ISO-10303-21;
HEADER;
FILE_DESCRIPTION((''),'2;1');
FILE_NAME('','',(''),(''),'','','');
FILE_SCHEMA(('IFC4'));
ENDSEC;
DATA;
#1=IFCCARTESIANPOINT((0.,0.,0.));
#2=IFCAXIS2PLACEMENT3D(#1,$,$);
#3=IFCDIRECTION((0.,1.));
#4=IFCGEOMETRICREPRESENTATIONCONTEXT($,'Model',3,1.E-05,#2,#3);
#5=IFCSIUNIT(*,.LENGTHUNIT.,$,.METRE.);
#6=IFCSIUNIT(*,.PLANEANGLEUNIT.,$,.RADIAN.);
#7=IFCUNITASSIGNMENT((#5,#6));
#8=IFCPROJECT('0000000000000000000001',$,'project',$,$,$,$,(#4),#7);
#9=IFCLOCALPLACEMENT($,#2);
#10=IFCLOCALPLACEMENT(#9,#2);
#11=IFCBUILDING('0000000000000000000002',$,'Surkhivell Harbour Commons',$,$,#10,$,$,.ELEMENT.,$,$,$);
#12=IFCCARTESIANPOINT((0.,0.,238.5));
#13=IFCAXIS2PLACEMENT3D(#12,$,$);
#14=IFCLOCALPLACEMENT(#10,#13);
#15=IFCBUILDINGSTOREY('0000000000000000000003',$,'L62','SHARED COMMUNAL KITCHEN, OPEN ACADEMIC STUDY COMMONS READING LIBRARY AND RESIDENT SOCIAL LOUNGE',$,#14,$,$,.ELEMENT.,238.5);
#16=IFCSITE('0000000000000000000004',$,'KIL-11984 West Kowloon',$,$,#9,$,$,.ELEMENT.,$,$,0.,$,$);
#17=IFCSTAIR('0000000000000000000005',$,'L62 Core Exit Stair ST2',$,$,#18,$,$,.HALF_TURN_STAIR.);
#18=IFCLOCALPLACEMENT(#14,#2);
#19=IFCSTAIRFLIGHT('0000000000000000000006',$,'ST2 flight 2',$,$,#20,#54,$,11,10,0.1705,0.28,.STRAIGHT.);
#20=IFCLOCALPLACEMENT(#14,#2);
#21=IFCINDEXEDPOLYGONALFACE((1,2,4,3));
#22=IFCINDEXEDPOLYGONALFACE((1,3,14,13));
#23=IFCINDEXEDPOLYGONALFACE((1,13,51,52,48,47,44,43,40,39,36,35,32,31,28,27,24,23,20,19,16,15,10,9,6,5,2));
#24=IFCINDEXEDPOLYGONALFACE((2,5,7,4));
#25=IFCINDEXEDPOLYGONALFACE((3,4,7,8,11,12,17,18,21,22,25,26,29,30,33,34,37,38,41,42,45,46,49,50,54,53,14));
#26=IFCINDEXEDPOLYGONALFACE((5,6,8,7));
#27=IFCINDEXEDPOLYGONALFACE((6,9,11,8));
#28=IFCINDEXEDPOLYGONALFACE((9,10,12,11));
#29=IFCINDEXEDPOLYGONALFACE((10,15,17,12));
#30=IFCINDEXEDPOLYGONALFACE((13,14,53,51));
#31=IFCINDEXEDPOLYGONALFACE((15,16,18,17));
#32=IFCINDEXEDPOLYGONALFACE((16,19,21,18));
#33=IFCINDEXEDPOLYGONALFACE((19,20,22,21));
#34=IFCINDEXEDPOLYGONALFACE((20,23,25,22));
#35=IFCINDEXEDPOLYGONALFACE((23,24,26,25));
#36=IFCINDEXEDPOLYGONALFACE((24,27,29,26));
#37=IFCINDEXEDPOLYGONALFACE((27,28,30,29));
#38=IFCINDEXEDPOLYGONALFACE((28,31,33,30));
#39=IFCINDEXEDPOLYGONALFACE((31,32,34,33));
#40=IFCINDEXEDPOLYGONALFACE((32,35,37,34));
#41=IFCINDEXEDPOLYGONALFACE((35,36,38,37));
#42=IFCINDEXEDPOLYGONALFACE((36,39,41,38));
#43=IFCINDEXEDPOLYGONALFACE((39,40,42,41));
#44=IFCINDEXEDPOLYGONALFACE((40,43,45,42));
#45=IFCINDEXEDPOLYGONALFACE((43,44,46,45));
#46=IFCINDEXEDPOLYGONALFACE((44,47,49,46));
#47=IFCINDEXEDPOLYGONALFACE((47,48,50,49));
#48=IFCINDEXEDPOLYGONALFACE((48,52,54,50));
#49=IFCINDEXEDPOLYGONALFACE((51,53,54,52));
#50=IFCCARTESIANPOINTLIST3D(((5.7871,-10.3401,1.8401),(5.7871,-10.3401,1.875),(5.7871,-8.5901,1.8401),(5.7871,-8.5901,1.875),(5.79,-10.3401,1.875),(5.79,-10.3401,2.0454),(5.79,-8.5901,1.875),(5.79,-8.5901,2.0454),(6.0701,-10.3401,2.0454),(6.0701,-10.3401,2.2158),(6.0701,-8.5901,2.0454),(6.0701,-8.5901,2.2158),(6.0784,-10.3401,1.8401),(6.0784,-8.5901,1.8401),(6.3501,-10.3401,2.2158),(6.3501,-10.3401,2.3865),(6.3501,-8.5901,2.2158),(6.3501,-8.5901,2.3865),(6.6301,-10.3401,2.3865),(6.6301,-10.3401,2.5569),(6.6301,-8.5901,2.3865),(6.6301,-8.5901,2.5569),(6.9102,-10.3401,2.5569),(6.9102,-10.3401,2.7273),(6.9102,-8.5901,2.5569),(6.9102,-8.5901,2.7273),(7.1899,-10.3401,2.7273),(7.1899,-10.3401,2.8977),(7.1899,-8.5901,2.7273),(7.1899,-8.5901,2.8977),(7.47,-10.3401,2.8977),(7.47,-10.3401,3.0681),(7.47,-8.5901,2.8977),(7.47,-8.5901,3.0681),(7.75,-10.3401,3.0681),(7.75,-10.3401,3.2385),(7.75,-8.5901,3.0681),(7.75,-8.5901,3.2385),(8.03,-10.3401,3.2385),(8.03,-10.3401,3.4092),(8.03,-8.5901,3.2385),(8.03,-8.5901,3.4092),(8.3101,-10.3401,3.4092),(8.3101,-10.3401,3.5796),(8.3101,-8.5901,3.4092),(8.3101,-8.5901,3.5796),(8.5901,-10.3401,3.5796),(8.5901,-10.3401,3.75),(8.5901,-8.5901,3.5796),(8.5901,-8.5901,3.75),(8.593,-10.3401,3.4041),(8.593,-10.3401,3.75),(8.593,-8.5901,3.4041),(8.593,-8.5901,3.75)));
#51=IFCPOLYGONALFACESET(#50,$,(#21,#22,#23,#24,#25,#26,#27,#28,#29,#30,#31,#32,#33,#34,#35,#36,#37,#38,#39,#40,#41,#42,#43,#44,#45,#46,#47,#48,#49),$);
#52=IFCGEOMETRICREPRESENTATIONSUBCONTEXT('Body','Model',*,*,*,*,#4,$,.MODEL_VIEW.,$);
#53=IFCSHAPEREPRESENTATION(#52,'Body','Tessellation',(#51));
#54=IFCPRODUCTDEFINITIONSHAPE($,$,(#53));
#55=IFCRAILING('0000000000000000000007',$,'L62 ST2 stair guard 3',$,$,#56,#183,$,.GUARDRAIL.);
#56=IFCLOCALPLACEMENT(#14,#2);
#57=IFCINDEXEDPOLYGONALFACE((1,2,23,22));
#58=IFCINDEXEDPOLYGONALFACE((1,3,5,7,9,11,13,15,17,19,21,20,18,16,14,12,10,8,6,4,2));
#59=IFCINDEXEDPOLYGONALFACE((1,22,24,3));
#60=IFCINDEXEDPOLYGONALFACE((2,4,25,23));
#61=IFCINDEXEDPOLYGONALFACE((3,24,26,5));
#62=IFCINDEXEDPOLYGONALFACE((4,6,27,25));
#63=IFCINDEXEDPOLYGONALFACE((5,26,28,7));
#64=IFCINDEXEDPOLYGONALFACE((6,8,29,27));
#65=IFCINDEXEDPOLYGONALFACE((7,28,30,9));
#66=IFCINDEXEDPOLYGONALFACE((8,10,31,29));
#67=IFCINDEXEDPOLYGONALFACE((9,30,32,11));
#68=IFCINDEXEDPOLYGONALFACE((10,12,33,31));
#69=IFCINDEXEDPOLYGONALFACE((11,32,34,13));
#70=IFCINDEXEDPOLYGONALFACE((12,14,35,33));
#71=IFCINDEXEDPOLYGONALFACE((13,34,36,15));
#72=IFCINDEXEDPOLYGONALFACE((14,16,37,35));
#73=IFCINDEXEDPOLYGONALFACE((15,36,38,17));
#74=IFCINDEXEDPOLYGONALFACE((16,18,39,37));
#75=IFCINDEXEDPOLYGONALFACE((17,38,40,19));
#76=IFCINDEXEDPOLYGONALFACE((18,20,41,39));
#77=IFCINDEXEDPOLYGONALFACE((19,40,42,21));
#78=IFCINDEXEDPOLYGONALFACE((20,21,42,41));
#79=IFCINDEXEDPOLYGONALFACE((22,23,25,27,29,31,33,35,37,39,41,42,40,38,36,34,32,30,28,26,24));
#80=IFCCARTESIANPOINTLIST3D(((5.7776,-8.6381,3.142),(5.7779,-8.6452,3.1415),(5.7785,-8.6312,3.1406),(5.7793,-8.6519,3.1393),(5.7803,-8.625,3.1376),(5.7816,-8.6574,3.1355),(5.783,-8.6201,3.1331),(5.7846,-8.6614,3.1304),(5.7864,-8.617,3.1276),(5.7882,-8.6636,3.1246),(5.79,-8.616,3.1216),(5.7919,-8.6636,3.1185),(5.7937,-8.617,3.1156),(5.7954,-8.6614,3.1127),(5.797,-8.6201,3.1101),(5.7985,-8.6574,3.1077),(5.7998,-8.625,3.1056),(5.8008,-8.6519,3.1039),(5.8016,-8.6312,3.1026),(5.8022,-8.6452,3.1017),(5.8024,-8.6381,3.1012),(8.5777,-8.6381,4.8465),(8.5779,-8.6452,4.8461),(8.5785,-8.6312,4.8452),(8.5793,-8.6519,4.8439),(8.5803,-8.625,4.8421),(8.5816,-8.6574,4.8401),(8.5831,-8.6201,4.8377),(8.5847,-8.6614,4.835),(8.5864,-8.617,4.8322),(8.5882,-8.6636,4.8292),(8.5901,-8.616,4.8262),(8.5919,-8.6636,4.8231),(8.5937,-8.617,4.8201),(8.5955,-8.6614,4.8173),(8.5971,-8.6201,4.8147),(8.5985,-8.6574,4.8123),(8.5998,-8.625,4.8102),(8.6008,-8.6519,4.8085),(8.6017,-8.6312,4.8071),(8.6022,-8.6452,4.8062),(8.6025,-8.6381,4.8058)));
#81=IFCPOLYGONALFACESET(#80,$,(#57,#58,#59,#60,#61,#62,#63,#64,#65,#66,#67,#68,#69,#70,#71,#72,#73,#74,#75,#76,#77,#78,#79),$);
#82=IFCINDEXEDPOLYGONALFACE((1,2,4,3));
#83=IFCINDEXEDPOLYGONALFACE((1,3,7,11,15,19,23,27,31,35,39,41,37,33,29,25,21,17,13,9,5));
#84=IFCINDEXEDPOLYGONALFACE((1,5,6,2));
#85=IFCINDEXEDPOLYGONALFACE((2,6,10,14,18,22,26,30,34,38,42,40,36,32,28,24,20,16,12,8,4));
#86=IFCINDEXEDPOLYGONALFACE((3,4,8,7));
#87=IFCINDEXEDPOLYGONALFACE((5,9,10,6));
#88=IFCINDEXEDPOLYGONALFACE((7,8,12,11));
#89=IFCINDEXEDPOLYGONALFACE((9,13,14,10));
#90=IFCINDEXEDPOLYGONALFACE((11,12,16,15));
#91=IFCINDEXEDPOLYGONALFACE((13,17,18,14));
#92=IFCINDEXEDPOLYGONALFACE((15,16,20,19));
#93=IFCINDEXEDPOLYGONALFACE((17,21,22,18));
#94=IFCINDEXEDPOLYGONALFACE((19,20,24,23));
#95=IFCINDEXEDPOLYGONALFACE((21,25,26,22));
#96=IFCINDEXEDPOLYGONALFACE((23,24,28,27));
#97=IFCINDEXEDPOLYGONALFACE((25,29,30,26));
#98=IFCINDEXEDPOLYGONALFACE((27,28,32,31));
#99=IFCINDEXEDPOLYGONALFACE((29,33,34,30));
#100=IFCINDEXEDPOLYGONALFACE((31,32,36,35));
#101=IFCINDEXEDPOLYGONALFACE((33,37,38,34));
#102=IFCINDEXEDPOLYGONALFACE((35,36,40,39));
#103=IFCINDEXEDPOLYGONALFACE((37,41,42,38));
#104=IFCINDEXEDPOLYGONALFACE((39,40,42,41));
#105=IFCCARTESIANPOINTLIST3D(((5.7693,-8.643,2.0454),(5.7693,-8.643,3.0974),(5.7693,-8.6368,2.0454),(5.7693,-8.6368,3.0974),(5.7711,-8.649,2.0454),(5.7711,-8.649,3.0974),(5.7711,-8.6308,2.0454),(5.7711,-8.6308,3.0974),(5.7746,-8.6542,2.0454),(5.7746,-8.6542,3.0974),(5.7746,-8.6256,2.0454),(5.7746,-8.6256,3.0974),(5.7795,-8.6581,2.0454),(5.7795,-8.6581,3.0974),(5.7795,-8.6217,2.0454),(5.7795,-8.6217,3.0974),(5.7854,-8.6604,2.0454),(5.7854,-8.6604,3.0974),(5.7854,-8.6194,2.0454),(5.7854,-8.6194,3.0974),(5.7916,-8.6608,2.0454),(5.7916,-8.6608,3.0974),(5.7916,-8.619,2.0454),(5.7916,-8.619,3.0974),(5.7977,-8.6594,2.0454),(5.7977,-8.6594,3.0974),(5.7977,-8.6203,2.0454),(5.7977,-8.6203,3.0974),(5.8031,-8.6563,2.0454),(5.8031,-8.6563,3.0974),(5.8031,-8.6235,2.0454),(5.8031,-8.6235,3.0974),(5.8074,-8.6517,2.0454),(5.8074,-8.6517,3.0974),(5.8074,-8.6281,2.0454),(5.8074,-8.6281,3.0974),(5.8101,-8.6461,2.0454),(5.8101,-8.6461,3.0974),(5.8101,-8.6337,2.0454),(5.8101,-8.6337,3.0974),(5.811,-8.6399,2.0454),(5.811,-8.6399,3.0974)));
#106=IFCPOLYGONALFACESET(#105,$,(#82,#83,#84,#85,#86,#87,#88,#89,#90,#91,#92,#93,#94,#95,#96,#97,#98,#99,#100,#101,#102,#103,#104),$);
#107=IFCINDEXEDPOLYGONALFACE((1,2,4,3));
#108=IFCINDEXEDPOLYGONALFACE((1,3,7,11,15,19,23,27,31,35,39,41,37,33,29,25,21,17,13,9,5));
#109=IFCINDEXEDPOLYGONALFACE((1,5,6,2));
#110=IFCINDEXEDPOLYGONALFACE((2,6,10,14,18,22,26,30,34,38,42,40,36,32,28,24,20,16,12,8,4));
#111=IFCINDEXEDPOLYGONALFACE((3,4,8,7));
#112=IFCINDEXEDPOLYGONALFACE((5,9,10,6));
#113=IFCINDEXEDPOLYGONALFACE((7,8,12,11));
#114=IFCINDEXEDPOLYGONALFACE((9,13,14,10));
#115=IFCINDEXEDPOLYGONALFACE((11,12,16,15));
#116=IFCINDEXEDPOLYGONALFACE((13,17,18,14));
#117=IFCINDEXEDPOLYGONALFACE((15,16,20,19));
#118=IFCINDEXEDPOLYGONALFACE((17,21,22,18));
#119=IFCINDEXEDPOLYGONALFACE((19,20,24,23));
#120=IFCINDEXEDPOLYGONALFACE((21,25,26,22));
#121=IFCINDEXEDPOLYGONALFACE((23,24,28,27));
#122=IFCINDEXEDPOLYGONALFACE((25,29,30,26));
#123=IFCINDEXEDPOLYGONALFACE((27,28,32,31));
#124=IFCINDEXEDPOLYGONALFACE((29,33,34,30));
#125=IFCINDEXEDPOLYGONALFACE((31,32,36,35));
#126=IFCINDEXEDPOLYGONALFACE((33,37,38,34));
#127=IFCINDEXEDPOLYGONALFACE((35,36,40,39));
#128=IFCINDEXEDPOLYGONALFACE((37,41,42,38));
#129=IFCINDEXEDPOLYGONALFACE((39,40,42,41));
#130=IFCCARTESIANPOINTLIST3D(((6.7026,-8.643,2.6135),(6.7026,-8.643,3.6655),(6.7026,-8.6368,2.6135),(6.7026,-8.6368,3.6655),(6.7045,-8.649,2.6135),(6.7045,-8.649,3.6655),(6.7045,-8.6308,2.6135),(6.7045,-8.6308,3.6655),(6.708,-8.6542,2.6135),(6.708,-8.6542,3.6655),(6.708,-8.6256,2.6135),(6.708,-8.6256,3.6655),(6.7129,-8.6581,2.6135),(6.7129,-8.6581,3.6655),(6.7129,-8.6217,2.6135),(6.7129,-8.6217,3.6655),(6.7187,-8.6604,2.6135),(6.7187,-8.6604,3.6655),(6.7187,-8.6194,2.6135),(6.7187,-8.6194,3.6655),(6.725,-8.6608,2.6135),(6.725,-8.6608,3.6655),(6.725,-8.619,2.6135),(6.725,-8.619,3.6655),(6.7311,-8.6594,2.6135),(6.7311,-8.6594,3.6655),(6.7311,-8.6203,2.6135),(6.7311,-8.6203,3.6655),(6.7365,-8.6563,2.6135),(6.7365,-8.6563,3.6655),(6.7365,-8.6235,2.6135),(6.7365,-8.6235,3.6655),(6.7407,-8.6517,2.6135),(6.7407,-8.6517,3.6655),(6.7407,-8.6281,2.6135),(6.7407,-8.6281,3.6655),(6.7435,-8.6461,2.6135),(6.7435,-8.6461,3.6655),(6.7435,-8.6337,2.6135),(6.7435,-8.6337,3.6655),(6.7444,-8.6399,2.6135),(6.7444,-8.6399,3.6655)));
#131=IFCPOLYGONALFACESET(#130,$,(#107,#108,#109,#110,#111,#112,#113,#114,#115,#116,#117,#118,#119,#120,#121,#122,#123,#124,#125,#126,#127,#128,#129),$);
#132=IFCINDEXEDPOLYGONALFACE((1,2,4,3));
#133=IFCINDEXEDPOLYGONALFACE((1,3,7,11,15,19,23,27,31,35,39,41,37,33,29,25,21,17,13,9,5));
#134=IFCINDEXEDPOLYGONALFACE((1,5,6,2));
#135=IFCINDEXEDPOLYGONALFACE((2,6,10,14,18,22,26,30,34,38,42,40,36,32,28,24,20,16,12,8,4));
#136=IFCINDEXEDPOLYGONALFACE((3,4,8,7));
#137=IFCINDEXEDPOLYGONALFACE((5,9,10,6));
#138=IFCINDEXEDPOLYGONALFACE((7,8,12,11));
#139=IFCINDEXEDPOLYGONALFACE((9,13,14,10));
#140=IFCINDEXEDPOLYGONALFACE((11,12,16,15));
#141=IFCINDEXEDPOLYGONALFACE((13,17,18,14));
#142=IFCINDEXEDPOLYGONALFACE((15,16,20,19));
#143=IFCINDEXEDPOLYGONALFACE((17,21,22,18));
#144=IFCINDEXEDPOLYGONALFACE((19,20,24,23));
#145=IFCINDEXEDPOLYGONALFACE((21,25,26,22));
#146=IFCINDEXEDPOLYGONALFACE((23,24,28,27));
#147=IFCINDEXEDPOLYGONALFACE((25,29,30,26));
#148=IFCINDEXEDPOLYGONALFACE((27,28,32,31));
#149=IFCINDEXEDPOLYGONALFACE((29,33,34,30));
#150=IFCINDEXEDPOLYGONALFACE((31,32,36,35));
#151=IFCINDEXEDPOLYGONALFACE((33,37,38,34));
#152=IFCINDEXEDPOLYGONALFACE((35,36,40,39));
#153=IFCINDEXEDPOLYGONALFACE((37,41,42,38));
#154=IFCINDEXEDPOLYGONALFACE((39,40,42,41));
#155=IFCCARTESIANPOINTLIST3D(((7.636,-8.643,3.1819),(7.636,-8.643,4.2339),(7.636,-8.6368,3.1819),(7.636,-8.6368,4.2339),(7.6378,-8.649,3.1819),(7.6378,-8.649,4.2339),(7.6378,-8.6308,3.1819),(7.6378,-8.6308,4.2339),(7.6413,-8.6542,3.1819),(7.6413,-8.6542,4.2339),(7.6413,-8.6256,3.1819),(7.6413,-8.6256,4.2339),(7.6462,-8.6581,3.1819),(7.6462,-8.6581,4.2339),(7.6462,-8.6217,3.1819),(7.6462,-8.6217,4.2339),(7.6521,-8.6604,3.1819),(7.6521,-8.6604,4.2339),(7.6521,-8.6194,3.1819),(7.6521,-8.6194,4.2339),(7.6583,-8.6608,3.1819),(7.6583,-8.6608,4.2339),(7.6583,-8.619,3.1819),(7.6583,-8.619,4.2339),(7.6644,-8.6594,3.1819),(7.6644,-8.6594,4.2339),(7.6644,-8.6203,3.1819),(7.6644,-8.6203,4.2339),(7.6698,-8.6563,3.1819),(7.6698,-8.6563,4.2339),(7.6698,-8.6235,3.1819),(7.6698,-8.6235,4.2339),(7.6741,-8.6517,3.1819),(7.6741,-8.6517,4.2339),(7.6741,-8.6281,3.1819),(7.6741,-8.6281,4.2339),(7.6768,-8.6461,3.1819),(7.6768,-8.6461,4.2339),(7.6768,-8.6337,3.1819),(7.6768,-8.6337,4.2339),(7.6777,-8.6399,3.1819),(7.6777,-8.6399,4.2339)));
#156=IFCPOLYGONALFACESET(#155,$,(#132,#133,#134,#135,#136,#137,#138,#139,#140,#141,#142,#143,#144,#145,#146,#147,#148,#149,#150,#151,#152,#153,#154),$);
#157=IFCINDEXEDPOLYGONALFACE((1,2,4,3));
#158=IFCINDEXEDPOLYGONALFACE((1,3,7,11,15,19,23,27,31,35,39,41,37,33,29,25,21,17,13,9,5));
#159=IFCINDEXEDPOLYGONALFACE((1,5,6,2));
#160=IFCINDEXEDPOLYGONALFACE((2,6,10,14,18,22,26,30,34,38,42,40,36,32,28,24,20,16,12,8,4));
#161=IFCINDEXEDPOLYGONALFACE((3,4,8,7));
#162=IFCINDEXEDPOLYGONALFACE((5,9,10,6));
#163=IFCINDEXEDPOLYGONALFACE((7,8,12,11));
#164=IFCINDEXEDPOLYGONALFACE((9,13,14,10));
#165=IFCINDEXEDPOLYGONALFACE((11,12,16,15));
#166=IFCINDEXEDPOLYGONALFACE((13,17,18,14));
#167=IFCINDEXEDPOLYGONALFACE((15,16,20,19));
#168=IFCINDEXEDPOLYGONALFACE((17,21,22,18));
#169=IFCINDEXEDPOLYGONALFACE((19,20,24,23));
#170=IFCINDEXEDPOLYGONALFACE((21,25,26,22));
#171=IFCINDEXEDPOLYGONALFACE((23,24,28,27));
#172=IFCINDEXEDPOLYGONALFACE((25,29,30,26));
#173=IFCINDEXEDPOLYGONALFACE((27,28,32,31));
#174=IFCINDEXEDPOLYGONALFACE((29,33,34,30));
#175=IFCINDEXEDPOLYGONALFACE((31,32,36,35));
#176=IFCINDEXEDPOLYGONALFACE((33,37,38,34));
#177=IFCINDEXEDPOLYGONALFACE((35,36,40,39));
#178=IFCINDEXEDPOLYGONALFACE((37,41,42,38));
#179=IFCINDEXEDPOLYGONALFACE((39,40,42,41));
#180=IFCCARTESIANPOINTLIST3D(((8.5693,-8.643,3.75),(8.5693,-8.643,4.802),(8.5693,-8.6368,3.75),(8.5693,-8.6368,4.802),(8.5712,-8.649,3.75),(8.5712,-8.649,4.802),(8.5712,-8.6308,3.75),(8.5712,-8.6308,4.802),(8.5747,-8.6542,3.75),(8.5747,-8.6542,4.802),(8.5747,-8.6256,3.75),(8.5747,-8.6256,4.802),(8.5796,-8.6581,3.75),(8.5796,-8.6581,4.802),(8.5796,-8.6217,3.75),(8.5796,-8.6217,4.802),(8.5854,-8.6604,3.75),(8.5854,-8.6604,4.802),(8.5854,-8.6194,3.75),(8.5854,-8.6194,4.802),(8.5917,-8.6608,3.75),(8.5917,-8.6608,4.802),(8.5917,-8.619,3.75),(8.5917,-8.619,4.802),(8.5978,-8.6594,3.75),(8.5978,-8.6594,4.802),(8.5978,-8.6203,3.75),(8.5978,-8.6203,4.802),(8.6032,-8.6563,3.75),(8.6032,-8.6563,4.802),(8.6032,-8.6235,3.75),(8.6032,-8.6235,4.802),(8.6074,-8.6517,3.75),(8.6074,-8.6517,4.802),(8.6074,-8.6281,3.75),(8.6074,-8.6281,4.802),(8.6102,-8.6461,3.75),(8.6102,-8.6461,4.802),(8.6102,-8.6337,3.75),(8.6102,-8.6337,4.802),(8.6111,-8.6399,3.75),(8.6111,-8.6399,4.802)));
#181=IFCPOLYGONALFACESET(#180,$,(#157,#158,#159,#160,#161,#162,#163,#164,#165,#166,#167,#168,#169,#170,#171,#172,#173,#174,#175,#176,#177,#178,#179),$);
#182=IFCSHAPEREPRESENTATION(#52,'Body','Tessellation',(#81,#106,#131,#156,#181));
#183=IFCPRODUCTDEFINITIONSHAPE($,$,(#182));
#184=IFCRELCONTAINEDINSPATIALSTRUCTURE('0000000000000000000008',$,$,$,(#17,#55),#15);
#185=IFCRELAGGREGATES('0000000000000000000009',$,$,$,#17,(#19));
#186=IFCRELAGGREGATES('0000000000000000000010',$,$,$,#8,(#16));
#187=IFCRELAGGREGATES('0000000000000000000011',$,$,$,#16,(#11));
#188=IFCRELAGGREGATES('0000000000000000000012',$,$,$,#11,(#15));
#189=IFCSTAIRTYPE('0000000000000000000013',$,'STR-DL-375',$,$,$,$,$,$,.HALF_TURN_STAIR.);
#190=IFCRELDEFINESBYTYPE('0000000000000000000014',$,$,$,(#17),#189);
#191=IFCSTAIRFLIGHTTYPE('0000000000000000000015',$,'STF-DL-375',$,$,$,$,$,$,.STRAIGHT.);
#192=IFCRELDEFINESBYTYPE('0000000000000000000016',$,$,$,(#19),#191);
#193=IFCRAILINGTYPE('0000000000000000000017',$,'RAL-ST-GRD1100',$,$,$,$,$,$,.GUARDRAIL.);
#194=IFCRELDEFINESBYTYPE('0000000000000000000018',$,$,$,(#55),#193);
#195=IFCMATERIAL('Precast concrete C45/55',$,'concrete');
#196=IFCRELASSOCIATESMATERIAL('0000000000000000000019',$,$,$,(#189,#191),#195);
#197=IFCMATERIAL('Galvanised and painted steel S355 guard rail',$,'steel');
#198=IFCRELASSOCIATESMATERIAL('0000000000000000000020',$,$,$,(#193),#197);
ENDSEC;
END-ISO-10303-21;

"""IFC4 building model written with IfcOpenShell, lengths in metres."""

from ifc_helpers import new_model, si_unit, direction, frame, origin, origin_2d, place, context, subcontext, project, spatial, polyline, circle, outline, extrude, material, type_object, element, aggregate, save


model = new_model("IFC4")

# Units and contexts
model_context = context("Model", 3, precision=1e-05, world=origin(), true_north=direction((0.0, 1.0)))
body_context = subcontext(model_context, "Body", "Model", "MODEL_VIEW")
ifc_project = project(units=[si_unit("LENGTHUNIT", "METRE"), si_unit("PLANEANGLEUNIT", "RADIAN")], contexts=[model_context])

# Site, building, storey
site_placement = place(None, origin())
site = spatial("IfcSite", under=ifc_project, at=site_placement, Name="KIL-11984 West Kowloon", CompositionType="ELEMENT", RefElevation=0.0)
building_placement = place(site_placement, origin())
building = spatial("IfcBuilding", under=site, at=building_placement, Name="Surkhivell Harbour Commons", CompositionType="ELEMENT")
storey_placement = place(building_placement, frame((0.0, 0.0, 238.5)))
storey = spatial("IfcBuildingStorey", under=building, at=storey_placement, Name="L62", Description="SHARED COMMUNAL KITCHEN, OPEN ACADEMIC STUDY COMMONS READING LIBRARY AND RESIDENT SOCIAL LOUNGE", CompositionType="ELEMENT", Elevation=238.5)

# Stair, stair flight
ifc_material_1 = material(Name="Precast concrete C45/55", Category="concrete")
stair_type = type_object("IfcStairType", Name="STR-DL-375", PredefinedType="HALF_TURN_STAIR", material=ifc_material_1)
stair_placement = place(storey_placement, origin())
stair = element("IfcStair", 1, at=stair_placement, inside=storey, type_object=stair_type, Name="L62 Core Exit Stair ST2", PredefinedType="HALF_TURN_STAIR")
stair_flight_type = type_object("IfcStairFlightType", Name="STF-DL-375", PredefinedType="STRAIGHT", material=ifc_material_1)
stair_flight_placement = place(storey_placement, frame((5.79, -9.4651, 1.875), z_axis=(0.0, 0.0, 1.0), x_axis=(1.0, 0.0, 0.0)))
stair_flight = element("IfcStairFlight", 2, at=stair_flight_placement, type_object=stair_flight_type, Name="ST2 flight 2", NumberOfRisers=11, NumberOfTreads=10, PredefinedType="STRAIGHT", RiserHeight=0.1705, TreadLength=0.28, context=body_context, shape_type="SweptSolid", body=[
    extrude(outline(polyline([(-0.0029, -0.0349), (-0.0029, 0.0), (0.0, 0.0), (0.0, 0.1704), (0.28, 0.1704), (0.28, 0.3408), (0.5601, 0.3408), (0.5601, 0.5115), (0.8401, 0.5115), (0.8401, 0.6819), (1.1201, 0.6819), (1.1201, 0.8523), (1.3999, 0.8523), (1.3999, 1.0227), (1.6799, 1.0227), (1.6799, 1.1931), (1.96, 1.1931), (1.96, 1.3635), (2.24, 1.3635), (2.24, 1.5342), (2.52, 1.5342), (2.52, 1.7046), (2.8, 1.7046), (2.8, 1.875), (2.803, 1.875), (2.803, 1.5291), (0.2883, -0.0349), (-0.0029, -0.0349)])), frame((0.0, 0.875, 0.0), z_axis=(0.0, -1.0, 0.0), x_axis=(1.0, 0.0, 0.0)), (0.0, 0.0, 1.0), 1.75),
])
aggregate(stair, [stair_flight])

# Railing
ifc_material_2 = material(Name="Galvanised and painted steel S355 guard rail", Category="steel")
railing_type_1 = type_object("IfcRailingType", Name="RAL-ST-GRD1100", PredefinedType="GUARDRAIL", material=ifc_material_2)
railing_1_placement = place(storey_placement, frame((5.79, -8.6399, 2.0454)))
element("IfcRailing", 3, at=railing_1_placement, inside=storey, type_object=railing_type_1, Name="L62 ST2 stair guard 3", PredefinedType="GUARDRAIL", context=body_context, shape_type="SweptSolid", body=[
    extrude(circle(Radius=0.0239, at=origin_2d()), frame((0.0, 0.0, 1.0762), z_axis=(0.85417, 0.0, 0.519994), x_axis=(0.0, 1.0, 0.0)), (0.0, 0.0, 1.0), 3.2781),
    extrude(circle(Radius=0.021, at=origin_2d()), origin(), (0.0, 0.0, 1.0), 1.052),
    extrude(circle(Radius=0.021, at=origin_2d()), frame((0.9333, 0.0, 0.5681)), (0.0, 0.0, 1.0), 1.052),
    extrude(circle(Radius=0.021, at=origin_2d()), frame((1.8667, 0.0, 1.1365)), (0.0, 0.0, 1.0), 1.052),
    extrude(circle(Radius=0.021, at=origin_2d()), frame((2.8, 0.0, 1.7046)), (0.0, 0.0, 1.0), 1.052),
])

save(model, "model.ifc")
